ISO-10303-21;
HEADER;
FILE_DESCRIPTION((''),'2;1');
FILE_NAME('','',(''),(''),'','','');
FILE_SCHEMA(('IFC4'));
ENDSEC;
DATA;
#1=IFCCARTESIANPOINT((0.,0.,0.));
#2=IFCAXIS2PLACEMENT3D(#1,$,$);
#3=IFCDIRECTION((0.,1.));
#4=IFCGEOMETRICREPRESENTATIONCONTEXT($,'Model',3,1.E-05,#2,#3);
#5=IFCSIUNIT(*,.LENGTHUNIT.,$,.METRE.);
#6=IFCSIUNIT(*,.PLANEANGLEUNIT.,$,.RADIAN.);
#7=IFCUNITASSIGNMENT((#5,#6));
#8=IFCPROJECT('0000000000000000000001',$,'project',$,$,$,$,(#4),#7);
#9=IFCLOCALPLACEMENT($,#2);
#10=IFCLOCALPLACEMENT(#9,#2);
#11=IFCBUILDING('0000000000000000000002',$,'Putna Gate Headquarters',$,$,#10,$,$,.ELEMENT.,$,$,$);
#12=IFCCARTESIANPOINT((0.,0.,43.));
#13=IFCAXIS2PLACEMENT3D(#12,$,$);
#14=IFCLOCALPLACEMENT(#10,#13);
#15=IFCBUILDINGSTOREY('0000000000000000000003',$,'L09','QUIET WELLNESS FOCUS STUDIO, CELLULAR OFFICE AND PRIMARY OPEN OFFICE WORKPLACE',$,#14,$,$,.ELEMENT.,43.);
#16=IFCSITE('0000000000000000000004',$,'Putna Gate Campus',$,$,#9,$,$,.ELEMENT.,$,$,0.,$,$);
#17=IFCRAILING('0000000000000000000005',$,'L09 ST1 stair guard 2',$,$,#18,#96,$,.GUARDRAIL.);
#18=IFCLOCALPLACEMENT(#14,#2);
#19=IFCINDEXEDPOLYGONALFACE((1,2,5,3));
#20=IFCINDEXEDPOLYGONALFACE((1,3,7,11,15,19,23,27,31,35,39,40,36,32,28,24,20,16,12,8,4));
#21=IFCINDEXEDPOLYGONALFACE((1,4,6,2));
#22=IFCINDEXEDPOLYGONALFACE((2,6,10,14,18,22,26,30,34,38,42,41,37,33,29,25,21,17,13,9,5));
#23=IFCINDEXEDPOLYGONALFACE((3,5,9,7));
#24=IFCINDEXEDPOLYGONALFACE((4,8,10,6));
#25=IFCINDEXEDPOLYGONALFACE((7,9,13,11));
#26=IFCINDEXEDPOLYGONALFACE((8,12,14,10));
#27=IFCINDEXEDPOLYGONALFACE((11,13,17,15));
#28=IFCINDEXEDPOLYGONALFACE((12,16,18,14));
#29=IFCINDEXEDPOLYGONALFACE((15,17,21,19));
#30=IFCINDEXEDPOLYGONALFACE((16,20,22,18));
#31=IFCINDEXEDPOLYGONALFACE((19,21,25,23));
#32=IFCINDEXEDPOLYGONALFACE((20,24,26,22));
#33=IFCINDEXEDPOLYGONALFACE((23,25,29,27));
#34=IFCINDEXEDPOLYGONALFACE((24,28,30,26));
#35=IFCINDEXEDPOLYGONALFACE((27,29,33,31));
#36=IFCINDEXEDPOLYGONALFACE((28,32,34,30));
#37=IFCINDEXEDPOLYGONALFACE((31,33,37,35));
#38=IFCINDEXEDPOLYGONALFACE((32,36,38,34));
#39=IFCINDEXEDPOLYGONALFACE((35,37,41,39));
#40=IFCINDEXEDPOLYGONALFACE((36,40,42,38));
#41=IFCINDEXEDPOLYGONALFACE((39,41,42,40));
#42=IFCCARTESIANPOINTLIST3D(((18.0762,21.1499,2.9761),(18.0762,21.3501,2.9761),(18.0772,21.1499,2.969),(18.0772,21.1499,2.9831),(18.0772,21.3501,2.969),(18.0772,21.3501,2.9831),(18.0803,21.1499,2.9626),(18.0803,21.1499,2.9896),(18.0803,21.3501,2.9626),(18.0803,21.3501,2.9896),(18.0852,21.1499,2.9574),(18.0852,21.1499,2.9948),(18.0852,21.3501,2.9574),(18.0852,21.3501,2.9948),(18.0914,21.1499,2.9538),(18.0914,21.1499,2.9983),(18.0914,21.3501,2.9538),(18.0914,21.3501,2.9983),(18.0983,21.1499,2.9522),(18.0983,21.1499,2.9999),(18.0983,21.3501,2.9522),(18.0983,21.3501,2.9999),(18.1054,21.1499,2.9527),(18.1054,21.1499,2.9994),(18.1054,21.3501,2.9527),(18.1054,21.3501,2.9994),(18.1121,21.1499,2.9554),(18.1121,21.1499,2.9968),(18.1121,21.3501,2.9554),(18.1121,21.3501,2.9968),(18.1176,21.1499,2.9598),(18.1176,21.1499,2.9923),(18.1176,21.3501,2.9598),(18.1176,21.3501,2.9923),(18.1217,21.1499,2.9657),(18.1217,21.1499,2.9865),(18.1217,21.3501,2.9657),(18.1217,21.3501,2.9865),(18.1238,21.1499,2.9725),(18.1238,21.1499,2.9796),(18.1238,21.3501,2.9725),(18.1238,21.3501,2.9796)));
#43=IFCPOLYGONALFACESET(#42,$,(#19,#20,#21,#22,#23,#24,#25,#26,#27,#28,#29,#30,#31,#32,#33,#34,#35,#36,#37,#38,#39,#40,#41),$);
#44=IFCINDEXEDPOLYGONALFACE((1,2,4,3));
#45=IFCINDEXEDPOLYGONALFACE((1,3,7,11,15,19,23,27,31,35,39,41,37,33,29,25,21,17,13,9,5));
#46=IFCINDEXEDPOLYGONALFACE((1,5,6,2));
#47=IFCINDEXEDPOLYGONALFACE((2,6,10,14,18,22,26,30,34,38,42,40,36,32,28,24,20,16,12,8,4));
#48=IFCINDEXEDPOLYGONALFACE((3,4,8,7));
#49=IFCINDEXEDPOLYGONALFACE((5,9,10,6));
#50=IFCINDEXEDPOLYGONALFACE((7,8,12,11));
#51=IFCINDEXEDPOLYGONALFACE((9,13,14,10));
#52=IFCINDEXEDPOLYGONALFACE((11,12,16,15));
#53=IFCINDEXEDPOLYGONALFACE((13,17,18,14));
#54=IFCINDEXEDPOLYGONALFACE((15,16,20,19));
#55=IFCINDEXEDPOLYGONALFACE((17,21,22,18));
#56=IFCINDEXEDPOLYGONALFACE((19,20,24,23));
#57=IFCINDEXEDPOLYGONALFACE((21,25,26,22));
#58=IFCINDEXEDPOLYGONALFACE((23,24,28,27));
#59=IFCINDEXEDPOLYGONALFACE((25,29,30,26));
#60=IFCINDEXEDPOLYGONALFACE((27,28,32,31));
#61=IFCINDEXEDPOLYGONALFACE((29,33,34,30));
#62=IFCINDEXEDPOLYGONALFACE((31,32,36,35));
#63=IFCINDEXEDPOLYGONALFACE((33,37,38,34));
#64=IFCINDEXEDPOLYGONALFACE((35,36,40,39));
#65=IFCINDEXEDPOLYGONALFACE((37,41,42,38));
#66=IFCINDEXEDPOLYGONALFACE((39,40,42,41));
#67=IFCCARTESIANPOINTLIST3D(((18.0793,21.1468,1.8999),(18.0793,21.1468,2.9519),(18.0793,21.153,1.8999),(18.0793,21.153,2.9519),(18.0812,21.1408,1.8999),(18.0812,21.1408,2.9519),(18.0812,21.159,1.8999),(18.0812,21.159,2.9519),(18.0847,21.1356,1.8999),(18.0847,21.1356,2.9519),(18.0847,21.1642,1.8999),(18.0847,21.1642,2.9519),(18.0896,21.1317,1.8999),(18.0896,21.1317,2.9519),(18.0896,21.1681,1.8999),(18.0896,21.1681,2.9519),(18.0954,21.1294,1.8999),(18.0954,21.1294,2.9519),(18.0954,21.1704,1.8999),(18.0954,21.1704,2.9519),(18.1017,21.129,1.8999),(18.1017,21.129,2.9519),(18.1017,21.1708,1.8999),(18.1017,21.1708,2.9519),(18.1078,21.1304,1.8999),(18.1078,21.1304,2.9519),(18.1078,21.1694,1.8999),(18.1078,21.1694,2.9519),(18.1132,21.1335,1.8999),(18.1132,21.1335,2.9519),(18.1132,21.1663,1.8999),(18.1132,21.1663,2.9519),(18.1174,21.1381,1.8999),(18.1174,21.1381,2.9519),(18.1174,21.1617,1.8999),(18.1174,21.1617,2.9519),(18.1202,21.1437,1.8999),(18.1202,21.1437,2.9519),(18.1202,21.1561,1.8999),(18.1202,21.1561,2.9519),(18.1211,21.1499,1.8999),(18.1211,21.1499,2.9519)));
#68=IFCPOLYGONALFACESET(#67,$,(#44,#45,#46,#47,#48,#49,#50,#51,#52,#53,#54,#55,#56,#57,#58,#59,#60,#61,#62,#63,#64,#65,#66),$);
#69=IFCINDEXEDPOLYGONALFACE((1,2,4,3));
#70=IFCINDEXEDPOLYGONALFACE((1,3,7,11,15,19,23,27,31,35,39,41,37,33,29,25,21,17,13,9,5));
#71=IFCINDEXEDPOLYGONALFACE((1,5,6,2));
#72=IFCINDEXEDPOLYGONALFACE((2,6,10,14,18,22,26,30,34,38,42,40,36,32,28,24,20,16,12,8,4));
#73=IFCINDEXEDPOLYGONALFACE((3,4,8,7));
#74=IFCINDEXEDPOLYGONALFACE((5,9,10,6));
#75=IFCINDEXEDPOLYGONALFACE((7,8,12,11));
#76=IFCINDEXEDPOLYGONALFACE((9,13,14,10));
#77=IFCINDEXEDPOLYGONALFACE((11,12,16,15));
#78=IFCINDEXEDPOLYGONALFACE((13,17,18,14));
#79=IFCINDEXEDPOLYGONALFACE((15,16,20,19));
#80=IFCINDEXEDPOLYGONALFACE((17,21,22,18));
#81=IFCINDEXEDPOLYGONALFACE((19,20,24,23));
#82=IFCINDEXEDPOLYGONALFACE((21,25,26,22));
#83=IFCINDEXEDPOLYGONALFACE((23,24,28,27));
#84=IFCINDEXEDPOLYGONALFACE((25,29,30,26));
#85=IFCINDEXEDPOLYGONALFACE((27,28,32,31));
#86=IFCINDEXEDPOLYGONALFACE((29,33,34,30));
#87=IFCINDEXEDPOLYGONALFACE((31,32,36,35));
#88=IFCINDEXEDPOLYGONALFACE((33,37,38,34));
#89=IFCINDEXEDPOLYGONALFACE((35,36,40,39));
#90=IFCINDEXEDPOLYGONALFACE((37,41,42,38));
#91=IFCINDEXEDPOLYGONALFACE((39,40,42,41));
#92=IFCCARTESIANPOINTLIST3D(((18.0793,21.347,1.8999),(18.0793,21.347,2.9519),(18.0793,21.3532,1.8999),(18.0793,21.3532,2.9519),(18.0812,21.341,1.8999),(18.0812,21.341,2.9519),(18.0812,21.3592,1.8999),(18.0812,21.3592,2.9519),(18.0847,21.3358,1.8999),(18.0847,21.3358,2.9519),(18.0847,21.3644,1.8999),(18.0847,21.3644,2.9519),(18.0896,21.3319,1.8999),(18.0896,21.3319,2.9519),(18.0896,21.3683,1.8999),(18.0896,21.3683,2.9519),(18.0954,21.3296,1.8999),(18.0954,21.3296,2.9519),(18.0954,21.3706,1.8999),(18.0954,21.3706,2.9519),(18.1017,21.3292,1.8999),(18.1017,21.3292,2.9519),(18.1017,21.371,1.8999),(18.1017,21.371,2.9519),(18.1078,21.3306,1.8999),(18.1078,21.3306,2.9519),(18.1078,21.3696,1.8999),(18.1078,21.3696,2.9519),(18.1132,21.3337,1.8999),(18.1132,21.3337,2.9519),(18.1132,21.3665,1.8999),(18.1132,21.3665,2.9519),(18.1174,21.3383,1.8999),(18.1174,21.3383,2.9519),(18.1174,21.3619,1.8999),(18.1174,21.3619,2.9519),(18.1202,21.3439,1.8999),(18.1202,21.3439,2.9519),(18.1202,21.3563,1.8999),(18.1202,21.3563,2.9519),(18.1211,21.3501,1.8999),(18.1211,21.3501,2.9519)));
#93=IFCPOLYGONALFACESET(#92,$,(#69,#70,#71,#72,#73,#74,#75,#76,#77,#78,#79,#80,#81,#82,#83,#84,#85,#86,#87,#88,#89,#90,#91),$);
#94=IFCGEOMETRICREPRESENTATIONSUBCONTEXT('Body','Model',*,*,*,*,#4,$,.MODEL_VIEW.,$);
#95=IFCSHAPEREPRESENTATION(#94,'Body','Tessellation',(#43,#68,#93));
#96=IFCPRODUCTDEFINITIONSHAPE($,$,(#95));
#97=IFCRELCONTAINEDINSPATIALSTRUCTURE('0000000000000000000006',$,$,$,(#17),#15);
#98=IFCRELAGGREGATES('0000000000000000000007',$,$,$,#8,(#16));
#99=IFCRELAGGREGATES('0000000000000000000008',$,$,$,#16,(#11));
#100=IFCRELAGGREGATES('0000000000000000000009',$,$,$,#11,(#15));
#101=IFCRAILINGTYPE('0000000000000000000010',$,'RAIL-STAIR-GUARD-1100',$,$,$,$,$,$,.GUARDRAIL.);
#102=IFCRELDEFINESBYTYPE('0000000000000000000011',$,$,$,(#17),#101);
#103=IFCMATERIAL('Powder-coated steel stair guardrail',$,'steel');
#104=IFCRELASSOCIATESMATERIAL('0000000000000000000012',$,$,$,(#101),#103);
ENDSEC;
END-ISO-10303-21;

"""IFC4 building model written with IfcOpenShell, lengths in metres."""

from ifc_helpers import new_model, si_unit, direction, frame, origin, origin_2d, place, context, subcontext, project, spatial, circle, extrude, material, type_object, element, save


model = new_model("IFC4")

# Units and contexts
model_context = context("Model", 3, precision=1e-05, world=origin(), true_north=direction((0.0, 1.0)))
body_context = subcontext(model_context, "Body", "Model", "MODEL_VIEW")
ifc_project = project(units=[si_unit("LENGTHUNIT", "METRE"), si_unit("PLANEANGLEUNIT", "RADIAN")], contexts=[model_context])

# Site, building, storey
site_placement = place(None, origin())
site = spatial("IfcSite", under=ifc_project, at=site_placement, Name="Putna Gate Campus", CompositionType="ELEMENT", RefElevation=0.0)
building_placement = place(site_placement, origin())
building = spatial("IfcBuilding", under=site, at=building_placement, Name="Putna Gate Headquarters", CompositionType="ELEMENT")
storey_placement = place(building_placement, frame((0.0, 0.0, 43.0)))
storey = spatial("IfcBuildingStorey", under=building, at=storey_placement, Name="L09", Description="QUIET WELLNESS FOCUS STUDIO, CELLULAR OFFICE AND PRIMARY OPEN OFFICE WORKPLACE", CompositionType="ELEMENT", Elevation=43.0)

# Railing
ifc_material_1 = material(Name="Powder-coated steel stair guardrail", Category="steel")
railing_type_1 = type_object("IfcRailingType", Name="RAIL-STAIR-GUARD-1100", PredefinedType="GUARDRAIL", material=ifc_material_1)
railing_1_placement = place(storey_placement, frame((18.1001, 21.1499, 1.8999)))
element("IfcRailing", 1, at=railing_1_placement, inside=storey, type_object=railing_type_1, Name="L09 ST1 stair guard 2", PredefinedType="GUARDRAIL", context=body_context, shape_type="SweptSolid", body=[
    extrude(circle(Radius=0.0239, at=origin_2d()), frame((0.0, 0.0, 1.0762), z_axis=(0.0, 1.0, 0.0), x_axis=(-1.0, 0.0, 0.0)), (0.0, 0.0, 1.0), 0.2002),
    extrude(circle(Radius=0.021, at=origin_2d()), origin(), (0.0, 0.0, 1.0), 1.052),
    extrude(circle(Radius=0.021, at=origin_2d()), frame((0.0, 0.2002, 0.0)), (0.0, 0.0, 1.0), 1.052),
])

save(model, "model.ifc")
